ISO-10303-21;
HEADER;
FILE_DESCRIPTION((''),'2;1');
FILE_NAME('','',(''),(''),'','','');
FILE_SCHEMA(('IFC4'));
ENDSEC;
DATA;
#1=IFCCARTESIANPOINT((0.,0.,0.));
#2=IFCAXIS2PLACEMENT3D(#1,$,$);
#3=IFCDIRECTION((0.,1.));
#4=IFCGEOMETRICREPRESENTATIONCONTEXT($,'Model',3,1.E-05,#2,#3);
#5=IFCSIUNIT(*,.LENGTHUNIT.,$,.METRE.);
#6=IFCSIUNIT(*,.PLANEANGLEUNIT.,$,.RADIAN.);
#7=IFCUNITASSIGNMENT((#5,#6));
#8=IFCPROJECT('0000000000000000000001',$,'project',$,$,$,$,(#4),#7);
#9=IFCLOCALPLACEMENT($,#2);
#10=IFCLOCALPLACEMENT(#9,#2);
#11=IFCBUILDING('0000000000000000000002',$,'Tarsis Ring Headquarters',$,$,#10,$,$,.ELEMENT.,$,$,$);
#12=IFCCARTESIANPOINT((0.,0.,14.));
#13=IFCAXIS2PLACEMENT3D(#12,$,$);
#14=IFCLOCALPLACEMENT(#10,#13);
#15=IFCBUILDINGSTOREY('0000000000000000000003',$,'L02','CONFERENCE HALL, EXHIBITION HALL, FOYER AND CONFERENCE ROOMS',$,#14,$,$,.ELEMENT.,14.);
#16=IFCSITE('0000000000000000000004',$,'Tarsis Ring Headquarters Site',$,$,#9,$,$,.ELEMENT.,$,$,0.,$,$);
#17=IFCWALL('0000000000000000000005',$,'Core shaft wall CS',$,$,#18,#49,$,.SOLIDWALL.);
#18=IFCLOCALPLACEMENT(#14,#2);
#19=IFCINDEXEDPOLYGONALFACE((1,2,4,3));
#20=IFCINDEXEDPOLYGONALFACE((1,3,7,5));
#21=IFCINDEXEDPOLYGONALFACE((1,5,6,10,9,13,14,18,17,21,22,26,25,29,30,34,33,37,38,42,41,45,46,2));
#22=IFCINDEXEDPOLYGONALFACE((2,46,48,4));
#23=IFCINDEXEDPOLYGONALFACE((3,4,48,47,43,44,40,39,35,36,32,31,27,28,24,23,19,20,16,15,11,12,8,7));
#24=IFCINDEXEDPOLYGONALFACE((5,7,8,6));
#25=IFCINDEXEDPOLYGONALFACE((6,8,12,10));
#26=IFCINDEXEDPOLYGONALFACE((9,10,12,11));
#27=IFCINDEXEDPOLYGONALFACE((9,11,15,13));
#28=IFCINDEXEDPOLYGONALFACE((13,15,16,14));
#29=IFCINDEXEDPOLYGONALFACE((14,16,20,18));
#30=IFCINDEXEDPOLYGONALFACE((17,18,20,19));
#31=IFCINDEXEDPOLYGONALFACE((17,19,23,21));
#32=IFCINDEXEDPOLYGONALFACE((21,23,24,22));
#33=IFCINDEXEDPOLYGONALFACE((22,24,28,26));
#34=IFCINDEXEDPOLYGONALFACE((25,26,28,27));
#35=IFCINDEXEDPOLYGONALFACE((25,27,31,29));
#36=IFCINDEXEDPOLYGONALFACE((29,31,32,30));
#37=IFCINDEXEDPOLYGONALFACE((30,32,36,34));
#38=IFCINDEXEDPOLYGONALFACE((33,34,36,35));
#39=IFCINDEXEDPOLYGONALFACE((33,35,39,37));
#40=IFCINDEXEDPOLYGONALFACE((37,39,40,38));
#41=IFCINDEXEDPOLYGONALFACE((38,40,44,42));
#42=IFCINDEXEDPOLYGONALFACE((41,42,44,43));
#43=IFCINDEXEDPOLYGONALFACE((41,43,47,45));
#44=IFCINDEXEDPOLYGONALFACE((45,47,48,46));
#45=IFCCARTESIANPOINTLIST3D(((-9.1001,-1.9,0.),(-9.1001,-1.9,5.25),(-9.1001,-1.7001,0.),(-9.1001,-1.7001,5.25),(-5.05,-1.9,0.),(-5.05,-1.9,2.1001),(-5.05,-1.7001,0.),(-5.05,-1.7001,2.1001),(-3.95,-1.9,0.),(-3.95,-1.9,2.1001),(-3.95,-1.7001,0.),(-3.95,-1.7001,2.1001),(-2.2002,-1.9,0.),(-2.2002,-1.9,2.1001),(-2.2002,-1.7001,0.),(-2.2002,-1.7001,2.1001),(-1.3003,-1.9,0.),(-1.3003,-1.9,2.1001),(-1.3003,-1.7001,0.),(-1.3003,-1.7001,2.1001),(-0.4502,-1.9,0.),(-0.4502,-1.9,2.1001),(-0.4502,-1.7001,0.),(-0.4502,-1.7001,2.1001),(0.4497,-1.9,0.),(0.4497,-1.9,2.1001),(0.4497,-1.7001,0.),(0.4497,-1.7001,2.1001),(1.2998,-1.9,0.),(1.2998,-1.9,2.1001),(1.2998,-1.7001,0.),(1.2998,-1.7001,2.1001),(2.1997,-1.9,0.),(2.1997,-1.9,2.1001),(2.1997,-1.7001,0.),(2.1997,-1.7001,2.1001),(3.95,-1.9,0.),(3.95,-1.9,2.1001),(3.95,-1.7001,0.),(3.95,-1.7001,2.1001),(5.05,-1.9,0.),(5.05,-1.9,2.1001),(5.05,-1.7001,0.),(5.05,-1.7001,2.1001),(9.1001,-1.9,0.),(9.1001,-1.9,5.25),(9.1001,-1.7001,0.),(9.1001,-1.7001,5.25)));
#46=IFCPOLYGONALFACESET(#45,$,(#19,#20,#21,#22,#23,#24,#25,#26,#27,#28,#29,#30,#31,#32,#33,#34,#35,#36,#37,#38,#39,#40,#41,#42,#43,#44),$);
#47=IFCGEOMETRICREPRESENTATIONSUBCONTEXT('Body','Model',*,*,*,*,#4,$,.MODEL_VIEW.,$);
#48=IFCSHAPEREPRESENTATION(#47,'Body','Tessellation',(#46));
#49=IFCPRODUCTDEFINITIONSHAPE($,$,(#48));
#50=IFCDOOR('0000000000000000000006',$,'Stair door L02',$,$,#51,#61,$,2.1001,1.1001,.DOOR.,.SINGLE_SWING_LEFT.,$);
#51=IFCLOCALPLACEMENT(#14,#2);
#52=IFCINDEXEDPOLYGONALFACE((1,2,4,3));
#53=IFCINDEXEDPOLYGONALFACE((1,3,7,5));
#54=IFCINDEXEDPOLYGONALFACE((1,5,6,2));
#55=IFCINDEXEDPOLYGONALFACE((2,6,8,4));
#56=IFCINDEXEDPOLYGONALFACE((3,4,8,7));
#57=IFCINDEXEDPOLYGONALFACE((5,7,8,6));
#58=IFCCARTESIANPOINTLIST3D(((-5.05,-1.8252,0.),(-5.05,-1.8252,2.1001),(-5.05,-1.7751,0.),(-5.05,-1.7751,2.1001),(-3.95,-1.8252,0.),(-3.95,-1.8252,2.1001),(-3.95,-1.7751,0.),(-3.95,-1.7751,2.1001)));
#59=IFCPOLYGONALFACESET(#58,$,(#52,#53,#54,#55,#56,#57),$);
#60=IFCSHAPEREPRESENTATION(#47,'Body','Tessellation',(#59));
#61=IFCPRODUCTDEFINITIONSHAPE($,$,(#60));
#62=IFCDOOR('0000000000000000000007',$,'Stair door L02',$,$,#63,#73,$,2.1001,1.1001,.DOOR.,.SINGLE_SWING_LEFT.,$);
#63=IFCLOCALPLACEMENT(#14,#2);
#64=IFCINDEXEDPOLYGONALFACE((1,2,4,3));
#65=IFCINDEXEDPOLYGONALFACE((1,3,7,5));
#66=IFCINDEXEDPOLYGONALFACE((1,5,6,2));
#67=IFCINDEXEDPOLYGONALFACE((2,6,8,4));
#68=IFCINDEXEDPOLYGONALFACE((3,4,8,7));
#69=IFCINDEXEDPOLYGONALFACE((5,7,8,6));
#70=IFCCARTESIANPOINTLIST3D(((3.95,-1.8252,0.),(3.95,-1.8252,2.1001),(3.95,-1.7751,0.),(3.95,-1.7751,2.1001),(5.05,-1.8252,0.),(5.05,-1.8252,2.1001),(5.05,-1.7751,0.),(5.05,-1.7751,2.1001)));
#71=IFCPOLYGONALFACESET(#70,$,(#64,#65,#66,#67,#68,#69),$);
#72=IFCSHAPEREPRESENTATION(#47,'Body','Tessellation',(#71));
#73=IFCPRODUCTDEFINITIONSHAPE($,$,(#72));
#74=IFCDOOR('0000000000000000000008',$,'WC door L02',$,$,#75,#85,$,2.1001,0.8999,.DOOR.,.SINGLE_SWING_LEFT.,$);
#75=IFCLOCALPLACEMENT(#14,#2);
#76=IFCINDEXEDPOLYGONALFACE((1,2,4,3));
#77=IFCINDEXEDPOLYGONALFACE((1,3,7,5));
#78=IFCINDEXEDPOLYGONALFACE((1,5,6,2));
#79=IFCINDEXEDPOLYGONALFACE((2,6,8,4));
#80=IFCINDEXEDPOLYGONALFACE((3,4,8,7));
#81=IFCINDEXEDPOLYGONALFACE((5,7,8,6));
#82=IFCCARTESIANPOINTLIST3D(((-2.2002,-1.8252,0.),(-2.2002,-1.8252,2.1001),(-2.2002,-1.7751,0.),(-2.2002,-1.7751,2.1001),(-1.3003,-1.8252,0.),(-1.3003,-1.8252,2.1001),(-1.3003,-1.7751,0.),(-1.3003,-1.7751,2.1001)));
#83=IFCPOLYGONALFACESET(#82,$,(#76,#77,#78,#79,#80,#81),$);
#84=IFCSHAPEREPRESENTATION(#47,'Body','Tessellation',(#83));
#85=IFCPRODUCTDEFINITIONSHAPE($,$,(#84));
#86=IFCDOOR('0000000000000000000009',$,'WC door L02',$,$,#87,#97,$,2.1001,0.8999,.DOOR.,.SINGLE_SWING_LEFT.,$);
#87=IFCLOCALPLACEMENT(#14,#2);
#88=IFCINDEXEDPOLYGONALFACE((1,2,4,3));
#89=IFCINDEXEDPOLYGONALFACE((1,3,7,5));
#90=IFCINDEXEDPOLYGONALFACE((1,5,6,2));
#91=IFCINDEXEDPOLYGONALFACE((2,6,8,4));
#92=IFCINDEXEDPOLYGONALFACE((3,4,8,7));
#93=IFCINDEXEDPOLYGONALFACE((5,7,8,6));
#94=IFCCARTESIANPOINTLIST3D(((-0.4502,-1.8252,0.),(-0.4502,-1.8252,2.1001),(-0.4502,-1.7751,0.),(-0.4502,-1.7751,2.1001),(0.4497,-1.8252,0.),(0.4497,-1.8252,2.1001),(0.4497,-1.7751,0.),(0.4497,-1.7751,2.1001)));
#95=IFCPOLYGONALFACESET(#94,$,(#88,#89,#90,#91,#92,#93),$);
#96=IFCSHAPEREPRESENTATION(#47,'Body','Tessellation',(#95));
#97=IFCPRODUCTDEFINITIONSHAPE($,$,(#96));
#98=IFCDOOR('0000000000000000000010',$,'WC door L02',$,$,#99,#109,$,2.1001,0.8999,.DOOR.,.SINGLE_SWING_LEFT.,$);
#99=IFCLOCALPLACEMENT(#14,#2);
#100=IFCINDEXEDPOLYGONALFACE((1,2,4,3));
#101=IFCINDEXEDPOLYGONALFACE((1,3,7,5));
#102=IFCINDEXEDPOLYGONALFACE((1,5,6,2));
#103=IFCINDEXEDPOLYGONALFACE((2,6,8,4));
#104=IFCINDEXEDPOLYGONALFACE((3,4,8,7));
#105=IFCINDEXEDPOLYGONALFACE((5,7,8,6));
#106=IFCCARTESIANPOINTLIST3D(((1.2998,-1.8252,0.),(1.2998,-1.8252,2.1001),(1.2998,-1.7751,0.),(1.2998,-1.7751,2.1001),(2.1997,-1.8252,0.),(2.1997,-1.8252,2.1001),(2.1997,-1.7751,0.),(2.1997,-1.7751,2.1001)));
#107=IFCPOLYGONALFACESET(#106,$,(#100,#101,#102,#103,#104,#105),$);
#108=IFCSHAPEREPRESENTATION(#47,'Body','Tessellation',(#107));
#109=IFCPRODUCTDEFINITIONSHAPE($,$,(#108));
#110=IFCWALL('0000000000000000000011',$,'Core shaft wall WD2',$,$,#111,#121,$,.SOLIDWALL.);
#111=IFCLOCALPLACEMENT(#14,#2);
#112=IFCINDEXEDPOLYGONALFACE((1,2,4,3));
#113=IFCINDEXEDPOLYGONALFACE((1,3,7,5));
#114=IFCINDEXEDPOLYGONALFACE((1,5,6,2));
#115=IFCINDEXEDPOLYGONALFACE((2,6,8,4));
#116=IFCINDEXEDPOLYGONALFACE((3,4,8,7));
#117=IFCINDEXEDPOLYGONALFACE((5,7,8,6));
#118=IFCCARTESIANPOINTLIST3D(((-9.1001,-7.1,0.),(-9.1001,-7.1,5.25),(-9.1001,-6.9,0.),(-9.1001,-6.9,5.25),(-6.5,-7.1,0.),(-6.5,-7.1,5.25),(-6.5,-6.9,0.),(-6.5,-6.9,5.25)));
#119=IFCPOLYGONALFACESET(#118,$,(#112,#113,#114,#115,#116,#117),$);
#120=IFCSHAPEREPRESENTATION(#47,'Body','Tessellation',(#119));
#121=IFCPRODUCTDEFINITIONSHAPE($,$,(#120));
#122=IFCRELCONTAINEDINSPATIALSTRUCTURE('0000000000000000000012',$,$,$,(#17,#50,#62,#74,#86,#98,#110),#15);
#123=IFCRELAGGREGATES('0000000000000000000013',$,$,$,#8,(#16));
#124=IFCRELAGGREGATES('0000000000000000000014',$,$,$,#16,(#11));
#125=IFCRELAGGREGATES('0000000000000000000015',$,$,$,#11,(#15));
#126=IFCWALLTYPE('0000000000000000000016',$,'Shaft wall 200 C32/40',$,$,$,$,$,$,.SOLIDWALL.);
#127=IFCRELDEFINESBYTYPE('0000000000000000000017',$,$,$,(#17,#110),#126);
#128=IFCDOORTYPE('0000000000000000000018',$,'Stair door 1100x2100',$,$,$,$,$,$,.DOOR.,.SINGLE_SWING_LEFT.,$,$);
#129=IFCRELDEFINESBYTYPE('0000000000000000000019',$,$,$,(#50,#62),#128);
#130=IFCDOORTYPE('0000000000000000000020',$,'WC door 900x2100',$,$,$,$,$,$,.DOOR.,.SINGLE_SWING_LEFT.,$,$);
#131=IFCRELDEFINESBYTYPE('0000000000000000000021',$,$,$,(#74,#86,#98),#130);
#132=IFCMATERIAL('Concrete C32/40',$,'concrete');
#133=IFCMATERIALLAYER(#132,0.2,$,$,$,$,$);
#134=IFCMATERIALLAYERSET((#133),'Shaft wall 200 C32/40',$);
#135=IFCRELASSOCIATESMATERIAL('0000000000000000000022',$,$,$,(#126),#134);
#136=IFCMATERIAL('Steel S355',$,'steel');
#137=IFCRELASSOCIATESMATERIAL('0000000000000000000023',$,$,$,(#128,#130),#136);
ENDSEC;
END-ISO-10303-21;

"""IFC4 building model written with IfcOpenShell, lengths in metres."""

from ifc_helpers import new_model, si_unit, direction, frame, frame_2d, origin, place, context, subcontext, project, spatial, rectangle, extrude, material, layer, layer_set, type_object, element, fill, save


model = new_model("IFC4")

# Units and contexts
model_context = context("Model", 3, precision=1e-05, world=origin(), true_north=direction((0.0, 1.0)))
body_context = subcontext(model_context, "Body", "Model", "MODEL_VIEW")
ifc_project = project(units=[si_unit("LENGTHUNIT", "METRE"), si_unit("PLANEANGLEUNIT", "RADIAN")], contexts=[model_context])

# Site, building, storey
site_placement = place(None, origin())
site = spatial("IfcSite", under=ifc_project, at=site_placement, Name="Tarsis Ring Headquarters Site", CompositionType="ELEMENT", RefElevation=0.0)
building_placement = place(site_placement, origin())
building = spatial("IfcBuilding", under=site, at=building_placement, Name="Tarsis Ring Headquarters", CompositionType="ELEMENT")
storey_placement = place(building_placement, frame((0.0, 0.0, 14.0)))
storey = spatial("IfcBuildingStorey", under=building, at=storey_placement, Name="L02", Description="CONFERENCE HALL, EXHIBITION HALL, FOYER AND CONFERENCE ROOMS", CompositionType="ELEMENT", Elevation=14.0)

# Wall, openings, doors
ifc_material_1 = material(Name="Concrete C32/40", Category="concrete")
ifc_layer_1 = layer(ifc_material_1, 0.2)
ifc_layer_set_1 = layer_set([ifc_layer_1], Name="Shaft wall 200 C32/40")
wall_type_1 = type_object("IfcWallType", Name="Shaft wall 200 C32/40", PredefinedType="SOLIDWALL", material=ifc_layer_set_1)
ifc_material_2 = material(Name="Steel S355", Category="steel")
door_type_1 = type_object("IfcDoorType", Name="Stair door 1100x2100", OperationType="SINGLE_SWING_LEFT", PredefinedType="DOOR", material=ifc_material_2)
wall_1_placement = place(storey_placement, frame((-9.1001, -1.8, 0.0), z_axis=(0.0, 0.0, 1.0), x_axis=(1.0, 0.0, 0.0)))
wall_1 = element("IfcWall", 1, at=wall_1_placement, inside=storey, type_object=wall_type_1, Name="Core shaft wall CS", PredefinedType="SOLIDWALL", context=body_context, shape_type="SweptSolid", body=[
    extrude(rectangle(XDim=18.2002, YDim=0.2, at=frame_2d((9.1001, 0.0))), origin(), (0.0, 0.0, 1.0), 5.25),
])
opening_1_placement = place(wall_1_placement, frame((4.05, 0.0, 0.0)))
opening_1 = element("IfcOpeningElement", 2, at=opening_1_placement, cuts=wall_1, PredefinedType="OPENING", context=body_context, shape_type="SweptSolid", body=[
    extrude(rectangle(XDim=1.1001, YDim=2.1001, at=frame_2d((0.55, 1.05))), frame((0.0, 0.1099, 0.0), z_axis=(0.0, -1.0, 0.0), x_axis=(1.0, 0.0, 0.0)), (0.0, 0.0, 1.0), 0.22),
])
opening_2_placement = place(wall_1_placement, frame((6.8999, 0.0, 0.0)))
opening_2 = element("IfcOpeningElement", 3, at=opening_2_placement, cuts=wall_1, PredefinedType="OPENING", context=body_context, shape_type="SweptSolid", body=[
    extrude(rectangle(XDim=0.8999, YDim=2.1001, at=frame_2d((0.45, 1.05))), frame((0.0, 0.1099, 0.0), z_axis=(0.0, -1.0, 0.0), x_axis=(1.0, 0.0, 0.0)), (0.0, 0.0, 1.0), 0.22),
])
opening_3_placement = place(wall_1_placement, frame((8.6499, 0.0, 0.0)))
opening_3 = element("IfcOpeningElement", 4, at=opening_3_placement, cuts=wall_1, PredefinedType="OPENING", context=body_context, shape_type="SweptSolid", body=[
    extrude(rectangle(XDim=0.8999, YDim=2.1001, at=frame_2d((0.45, 1.05))), frame((0.0, 0.1099, 0.0), z_axis=(0.0, -1.0, 0.0), x_axis=(1.0, 0.0, 0.0)), (0.0, 0.0, 1.0), 0.22),
])
opening_4_placement = place(wall_1_placement, frame((10.3999, 0.0, 0.0)))
opening_4 = element("IfcOpeningElement", 5, at=opening_4_placement, cuts=wall_1, PredefinedType="OPENING", context=body_context, shape_type="SweptSolid", body=[
    extrude(rectangle(XDim=0.8999, YDim=2.1001, at=frame_2d((0.45, 1.05))), frame((0.0, 0.1099, 0.0), z_axis=(0.0, -1.0, 0.0), x_axis=(1.0, 0.0, 0.0)), (0.0, 0.0, 1.0), 0.22),
])
opening_5_placement = place(wall_1_placement, frame((13.05, 0.0, 0.0)))
opening_5 = element("IfcOpeningElement", 6, at=opening_5_placement, cuts=wall_1, PredefinedType="OPENING", context=body_context, shape_type="SweptSolid", body=[
    extrude(rectangle(XDim=1.1001, YDim=2.1001, at=frame_2d((0.55, 1.05))), frame((0.0, 0.1099, 0.0), z_axis=(0.0, -1.0, 0.0), x_axis=(1.0, 0.0, 0.0)), (0.0, 0.0, 1.0), 0.22),
])
door_1_placement = place(opening_1_placement, origin())
door_1 = element("IfcDoor", 7, at=door_1_placement, inside=storey, type_object=door_type_1, Name="Stair door L02", OperationType="SINGLE_SWING_LEFT", OverallHeight=2.1001, OverallWidth=1.1001, PredefinedType="DOOR", context=body_context, shape_type="SweptSolid", body=[
    extrude(rectangle(XDim=1.1001, YDim=2.1001, at=frame_2d((0.55, 1.05))), frame((0.0, 0.0249, 0.0), z_axis=(0.0, -1.0, 0.0), x_axis=(1.0, 0.0, 0.0)), (0.0, 0.0, 1.0), 0.05),
])
fill(opening_1, door_1)
door_2_placement = place(opening_5_placement, origin())
door_2 = element("IfcDoor", 8, at=door_2_placement, inside=storey, type_object=door_type_1, Name="Stair door L02", OperationType="SINGLE_SWING_LEFT", OverallHeight=2.1001, OverallWidth=1.1001, PredefinedType="DOOR", context=body_context, shape_type="SweptSolid", body=[
    extrude(rectangle(XDim=1.1001, YDim=2.1001, at=frame_2d((0.55, 1.05))), frame((0.0, 0.0249, 0.0), z_axis=(0.0, -1.0, 0.0), x_axis=(1.0, 0.0, 0.0)), (0.0, 0.0, 1.0), 0.05),
])
fill(opening_5, door_2)
door_type_2 = type_object("IfcDoorType", Name="WC door 900x2100", OperationType="SINGLE_SWING_LEFT", PredefinedType="DOOR", material=ifc_material_2)
door_3_placement = place(opening_2_placement, origin())
door_3 = element("IfcDoor", 9, at=door_3_placement, inside=storey, type_object=door_type_2, Name="WC door L02", OperationType="SINGLE_SWING_LEFT", OverallHeight=2.1001, OverallWidth=0.8999, PredefinedType="DOOR", context=body_context, shape_type="SweptSolid", body=[
    extrude(rectangle(XDim=0.8999, YDim=2.1001, at=frame_2d((0.45, 1.05))), frame((0.0, 0.0249, 0.0), z_axis=(0.0, -1.0, 0.0), x_axis=(1.0, 0.0, 0.0)), (0.0, 0.0, 1.0), 0.05),
])
fill(opening_2, door_3)
door_4_placement = place(opening_3_placement, origin())
door_4 = element("IfcDoor", 10, at=door_4_placement, inside=storey, type_object=door_type_2, Name="WC door L02", OperationType="SINGLE_SWING_LEFT", OverallHeight=2.1001, OverallWidth=0.8999, PredefinedType="DOOR", context=body_context, shape_type="SweptSolid", body=[
    extrude(rectangle(XDim=0.8999, YDim=2.1001, at=frame_2d((0.45, 1.05))), frame((0.0, 0.0249, 0.0), z_axis=(0.0, -1.0, 0.0), x_axis=(1.0, 0.0, 0.0)), (0.0, 0.0, 1.0), 0.05),
])
fill(opening_3, door_4)
door_5_placement = place(opening_4_placement, origin())
door_5 = element("IfcDoor", 11, at=door_5_placement, inside=storey, type_object=door_type_2, Name="WC door L02", OperationType="SINGLE_SWING_LEFT", OverallHeight=2.1001, OverallWidth=0.8999, PredefinedType="DOOR", context=body_context, shape_type="SweptSolid", body=[
    extrude(rectangle(XDim=0.8999, YDim=2.1001, at=frame_2d((0.45, 1.05))), frame((0.0, 0.0249, 0.0), z_axis=(0.0, -1.0, 0.0), x_axis=(1.0, 0.0, 0.0)), (0.0, 0.0, 1.0), 0.05),
])
fill(opening_4, door_5)

# Wall
wall_2_placement = place(storey_placement, frame((-9.1001, -7.0, 0.0), z_axis=(0.0, 0.0, 1.0), x_axis=(1.0, 0.0, 0.0)))
element("IfcWall", 12, at=wall_2_placement, inside=storey, type_object=wall_type_1, Name="Core shaft wall WD2", PredefinedType="SOLIDWALL", context=body_context, shape_type="SweptSolid", body=[
    extrude(rectangle(XDim=2.6001, YDim=0.2, at=frame_2d((1.3, 0.0))), origin(), (0.0, 0.0, 1.0), 5.25),
])

save(model, "model.ifc")
